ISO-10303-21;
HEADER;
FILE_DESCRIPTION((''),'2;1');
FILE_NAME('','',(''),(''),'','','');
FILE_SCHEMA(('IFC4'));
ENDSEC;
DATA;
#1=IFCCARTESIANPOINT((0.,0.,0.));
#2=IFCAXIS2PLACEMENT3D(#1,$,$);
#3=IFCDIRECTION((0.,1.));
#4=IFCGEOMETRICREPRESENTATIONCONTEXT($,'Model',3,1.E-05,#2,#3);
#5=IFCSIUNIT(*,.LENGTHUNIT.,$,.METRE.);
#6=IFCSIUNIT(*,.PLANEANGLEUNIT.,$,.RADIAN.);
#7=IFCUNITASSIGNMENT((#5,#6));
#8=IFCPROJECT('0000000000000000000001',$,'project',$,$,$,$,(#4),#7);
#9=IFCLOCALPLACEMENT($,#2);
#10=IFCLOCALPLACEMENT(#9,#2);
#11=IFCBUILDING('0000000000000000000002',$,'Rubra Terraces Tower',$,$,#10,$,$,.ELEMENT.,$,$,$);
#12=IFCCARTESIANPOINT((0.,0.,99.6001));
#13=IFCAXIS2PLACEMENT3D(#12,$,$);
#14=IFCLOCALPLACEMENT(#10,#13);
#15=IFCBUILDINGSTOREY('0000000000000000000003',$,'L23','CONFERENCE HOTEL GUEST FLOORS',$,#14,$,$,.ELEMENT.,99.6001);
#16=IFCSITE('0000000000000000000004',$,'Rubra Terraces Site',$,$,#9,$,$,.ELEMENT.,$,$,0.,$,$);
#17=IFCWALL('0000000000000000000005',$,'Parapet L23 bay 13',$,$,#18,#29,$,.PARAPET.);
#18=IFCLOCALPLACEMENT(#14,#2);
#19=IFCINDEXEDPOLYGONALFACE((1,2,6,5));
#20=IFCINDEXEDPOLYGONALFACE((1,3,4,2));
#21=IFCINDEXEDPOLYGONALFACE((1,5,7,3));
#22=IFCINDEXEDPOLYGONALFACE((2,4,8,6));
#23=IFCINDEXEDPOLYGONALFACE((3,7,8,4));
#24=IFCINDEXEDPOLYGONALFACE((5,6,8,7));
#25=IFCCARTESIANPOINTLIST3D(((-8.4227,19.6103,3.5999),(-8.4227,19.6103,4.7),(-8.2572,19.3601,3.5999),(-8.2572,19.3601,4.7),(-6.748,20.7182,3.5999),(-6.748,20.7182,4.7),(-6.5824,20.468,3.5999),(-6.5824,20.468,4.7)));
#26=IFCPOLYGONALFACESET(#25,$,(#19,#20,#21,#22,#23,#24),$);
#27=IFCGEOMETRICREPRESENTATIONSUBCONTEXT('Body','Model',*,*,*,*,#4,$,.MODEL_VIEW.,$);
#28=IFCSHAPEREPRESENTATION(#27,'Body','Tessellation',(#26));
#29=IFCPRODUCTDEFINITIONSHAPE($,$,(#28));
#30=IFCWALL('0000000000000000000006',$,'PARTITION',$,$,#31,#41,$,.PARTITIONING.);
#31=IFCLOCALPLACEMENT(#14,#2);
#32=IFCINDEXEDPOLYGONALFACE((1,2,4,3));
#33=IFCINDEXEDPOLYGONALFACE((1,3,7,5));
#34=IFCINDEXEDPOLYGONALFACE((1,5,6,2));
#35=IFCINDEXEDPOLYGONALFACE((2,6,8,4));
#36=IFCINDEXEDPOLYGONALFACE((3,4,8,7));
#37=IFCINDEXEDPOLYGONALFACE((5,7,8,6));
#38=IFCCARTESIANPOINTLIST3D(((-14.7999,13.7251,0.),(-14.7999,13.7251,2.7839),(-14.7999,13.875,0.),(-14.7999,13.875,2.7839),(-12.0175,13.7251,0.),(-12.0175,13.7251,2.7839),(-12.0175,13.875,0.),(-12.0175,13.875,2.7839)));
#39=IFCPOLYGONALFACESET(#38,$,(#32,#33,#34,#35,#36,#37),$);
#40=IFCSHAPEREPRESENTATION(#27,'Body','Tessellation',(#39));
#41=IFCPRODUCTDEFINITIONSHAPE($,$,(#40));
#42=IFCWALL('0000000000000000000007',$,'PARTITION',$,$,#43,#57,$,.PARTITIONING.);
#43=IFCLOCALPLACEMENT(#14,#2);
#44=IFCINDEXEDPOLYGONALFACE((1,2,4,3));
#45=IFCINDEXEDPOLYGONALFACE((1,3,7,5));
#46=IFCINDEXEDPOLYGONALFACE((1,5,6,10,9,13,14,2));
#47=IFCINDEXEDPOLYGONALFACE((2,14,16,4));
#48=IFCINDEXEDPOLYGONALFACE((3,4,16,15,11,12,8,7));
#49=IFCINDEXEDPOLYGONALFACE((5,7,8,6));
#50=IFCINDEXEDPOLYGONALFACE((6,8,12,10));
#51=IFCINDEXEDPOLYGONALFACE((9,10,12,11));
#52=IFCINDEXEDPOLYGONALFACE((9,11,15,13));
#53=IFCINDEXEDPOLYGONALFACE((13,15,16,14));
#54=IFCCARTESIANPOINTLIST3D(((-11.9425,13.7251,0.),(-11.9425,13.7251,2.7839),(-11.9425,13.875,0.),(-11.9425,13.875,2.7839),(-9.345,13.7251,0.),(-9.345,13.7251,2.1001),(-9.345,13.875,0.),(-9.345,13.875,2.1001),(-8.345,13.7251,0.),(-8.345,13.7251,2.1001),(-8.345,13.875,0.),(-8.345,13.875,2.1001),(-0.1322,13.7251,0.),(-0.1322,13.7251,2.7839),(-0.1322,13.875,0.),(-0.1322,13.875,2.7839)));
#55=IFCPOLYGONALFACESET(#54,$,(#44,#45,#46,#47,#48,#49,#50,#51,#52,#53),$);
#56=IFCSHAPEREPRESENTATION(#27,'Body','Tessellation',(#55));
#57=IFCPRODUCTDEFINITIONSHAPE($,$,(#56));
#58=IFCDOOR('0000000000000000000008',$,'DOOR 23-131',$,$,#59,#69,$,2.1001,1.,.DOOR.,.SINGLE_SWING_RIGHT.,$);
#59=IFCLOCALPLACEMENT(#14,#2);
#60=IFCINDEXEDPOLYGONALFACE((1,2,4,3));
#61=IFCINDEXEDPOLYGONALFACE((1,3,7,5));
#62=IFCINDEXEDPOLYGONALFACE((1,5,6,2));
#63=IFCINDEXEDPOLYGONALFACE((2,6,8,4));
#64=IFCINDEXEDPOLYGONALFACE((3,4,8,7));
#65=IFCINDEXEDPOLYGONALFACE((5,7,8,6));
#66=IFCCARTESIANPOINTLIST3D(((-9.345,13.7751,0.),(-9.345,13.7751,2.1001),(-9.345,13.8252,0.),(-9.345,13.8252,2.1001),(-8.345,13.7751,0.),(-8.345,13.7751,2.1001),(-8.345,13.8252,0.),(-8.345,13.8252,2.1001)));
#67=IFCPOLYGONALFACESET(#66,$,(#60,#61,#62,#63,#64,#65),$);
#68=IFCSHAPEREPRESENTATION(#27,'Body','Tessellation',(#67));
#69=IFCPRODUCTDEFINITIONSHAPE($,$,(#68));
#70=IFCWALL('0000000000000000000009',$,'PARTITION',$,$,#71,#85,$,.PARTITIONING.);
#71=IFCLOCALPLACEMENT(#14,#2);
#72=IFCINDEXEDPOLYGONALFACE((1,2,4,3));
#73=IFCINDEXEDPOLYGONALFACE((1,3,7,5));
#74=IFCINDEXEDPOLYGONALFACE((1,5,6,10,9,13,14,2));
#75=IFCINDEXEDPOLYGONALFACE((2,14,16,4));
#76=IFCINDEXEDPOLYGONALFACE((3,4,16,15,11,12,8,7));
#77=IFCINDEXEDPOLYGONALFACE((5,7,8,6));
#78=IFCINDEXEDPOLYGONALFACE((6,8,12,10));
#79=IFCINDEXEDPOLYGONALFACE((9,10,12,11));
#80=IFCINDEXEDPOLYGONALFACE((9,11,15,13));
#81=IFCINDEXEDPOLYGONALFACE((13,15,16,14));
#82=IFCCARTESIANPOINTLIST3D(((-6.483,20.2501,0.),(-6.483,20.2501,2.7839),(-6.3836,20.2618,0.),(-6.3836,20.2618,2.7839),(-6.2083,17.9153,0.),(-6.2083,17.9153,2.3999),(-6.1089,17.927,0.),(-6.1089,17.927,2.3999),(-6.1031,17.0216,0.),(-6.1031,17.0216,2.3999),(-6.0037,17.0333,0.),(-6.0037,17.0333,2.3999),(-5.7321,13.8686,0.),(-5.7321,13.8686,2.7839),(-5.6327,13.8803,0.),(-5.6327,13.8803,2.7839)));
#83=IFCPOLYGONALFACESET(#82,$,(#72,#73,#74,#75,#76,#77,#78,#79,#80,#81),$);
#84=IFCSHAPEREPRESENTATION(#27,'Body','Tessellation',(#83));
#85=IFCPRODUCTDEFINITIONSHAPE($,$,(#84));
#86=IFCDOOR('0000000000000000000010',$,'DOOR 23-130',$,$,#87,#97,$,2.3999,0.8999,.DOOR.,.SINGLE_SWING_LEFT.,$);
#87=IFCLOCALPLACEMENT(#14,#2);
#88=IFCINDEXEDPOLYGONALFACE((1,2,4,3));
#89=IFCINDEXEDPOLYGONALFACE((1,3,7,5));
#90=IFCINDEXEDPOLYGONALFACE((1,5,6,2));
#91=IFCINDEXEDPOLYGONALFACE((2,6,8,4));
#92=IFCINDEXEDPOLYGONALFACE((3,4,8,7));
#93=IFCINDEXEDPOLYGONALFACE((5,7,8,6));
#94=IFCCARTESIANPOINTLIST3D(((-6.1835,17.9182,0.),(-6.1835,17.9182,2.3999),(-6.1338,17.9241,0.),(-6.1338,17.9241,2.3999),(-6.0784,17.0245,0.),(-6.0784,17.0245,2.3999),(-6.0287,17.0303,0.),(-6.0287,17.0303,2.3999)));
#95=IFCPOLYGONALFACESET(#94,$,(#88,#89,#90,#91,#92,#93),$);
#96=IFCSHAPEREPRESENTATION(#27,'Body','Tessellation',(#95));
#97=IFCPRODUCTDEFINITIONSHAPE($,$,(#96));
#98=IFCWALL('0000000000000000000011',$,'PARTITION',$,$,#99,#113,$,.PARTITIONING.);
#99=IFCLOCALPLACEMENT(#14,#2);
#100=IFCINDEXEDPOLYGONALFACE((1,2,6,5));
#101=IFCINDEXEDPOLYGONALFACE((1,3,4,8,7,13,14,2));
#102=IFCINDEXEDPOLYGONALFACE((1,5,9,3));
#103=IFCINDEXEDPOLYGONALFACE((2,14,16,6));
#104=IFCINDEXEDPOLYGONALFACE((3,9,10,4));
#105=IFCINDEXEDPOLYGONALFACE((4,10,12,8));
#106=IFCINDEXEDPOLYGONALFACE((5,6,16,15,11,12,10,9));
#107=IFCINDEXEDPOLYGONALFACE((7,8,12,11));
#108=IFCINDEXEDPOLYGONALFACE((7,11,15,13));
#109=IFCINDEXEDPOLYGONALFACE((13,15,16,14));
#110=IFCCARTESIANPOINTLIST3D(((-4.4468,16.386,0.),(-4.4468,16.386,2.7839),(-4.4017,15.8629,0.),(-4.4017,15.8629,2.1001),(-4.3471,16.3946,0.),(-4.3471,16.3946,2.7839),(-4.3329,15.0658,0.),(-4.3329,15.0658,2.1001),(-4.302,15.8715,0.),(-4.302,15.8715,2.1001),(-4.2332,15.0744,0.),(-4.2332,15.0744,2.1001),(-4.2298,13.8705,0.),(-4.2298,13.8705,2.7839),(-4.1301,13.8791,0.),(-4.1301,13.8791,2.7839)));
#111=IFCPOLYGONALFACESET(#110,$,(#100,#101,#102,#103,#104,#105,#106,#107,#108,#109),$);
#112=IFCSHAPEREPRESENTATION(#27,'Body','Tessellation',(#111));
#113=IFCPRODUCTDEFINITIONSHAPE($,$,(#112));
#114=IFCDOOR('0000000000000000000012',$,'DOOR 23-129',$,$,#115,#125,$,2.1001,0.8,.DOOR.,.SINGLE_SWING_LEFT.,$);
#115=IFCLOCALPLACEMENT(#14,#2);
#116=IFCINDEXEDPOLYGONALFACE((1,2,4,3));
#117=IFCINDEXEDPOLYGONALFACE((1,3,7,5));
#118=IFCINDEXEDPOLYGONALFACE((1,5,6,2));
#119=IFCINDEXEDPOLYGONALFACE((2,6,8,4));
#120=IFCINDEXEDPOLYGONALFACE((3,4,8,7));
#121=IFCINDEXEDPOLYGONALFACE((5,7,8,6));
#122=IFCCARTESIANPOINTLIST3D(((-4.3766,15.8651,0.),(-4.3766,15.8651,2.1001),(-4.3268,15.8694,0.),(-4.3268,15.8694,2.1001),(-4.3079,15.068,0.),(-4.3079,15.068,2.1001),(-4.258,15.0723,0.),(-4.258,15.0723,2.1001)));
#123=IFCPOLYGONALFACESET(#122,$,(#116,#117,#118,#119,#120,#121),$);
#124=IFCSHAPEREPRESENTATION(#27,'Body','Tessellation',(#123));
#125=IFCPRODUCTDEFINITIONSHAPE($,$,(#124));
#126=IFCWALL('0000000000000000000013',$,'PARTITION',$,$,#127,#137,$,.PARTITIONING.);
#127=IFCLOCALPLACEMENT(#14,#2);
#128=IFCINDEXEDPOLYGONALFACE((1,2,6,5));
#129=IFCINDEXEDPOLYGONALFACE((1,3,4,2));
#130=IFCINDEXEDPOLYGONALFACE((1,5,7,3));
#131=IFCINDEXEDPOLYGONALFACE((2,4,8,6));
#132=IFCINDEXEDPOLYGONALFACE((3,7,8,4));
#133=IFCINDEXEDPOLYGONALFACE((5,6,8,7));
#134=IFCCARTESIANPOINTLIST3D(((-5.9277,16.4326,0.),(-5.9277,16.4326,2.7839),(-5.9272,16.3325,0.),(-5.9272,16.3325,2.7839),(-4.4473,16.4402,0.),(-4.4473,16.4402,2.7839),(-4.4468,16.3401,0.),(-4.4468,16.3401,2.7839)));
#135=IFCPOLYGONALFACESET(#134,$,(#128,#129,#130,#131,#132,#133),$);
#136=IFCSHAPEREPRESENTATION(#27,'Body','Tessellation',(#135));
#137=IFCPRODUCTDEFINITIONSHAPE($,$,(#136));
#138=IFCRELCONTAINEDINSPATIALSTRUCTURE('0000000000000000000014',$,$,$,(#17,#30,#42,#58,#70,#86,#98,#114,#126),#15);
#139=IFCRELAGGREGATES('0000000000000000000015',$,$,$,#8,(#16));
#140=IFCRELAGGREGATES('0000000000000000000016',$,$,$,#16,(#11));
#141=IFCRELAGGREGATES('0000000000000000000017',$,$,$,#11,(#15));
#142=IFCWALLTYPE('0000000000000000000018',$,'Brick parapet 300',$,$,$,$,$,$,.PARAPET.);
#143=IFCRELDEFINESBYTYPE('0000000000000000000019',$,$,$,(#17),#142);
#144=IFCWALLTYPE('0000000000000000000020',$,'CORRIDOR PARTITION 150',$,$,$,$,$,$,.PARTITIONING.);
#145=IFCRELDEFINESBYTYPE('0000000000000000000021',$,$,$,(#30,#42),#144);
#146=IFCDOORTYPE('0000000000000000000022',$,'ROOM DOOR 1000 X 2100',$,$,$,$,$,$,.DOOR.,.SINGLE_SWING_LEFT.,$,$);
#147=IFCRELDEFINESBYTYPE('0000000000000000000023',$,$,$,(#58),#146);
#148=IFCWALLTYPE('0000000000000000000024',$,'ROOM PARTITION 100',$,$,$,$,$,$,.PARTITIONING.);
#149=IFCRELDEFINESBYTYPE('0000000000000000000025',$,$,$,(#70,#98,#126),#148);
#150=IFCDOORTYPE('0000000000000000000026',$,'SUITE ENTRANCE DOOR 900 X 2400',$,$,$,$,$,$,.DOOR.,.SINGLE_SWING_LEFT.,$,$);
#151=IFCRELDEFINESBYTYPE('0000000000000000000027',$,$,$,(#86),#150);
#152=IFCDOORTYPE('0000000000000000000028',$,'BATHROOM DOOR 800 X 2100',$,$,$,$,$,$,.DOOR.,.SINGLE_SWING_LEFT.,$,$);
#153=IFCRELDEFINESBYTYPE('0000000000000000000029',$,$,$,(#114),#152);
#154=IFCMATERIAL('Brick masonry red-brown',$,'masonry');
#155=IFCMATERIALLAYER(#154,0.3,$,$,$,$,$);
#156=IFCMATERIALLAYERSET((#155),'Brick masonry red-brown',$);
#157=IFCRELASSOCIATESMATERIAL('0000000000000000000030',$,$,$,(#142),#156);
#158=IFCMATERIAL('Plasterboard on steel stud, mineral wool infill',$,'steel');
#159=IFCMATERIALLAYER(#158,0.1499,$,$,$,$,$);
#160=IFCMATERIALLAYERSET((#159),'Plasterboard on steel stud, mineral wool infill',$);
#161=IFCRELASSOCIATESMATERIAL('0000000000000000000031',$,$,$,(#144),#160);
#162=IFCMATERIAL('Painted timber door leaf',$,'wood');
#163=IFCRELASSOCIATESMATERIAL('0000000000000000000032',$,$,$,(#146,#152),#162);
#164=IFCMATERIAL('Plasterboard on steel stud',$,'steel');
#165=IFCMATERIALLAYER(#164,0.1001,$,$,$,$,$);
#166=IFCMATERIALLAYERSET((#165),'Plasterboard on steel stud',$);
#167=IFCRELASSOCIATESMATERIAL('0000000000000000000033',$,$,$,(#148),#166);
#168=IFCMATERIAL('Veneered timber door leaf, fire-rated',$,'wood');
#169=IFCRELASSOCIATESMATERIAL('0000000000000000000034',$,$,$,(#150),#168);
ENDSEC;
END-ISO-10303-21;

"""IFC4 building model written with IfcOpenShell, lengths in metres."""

from ifc_helpers import new_model, si_unit, direction, frame, frame_2d, origin, place, context, subcontext, project, spatial, rectangle, extrude, material, layer, layer_set, type_object, element, fill, save


model = new_model("IFC4")

# Units and contexts
model_context = context("Model", 3, precision=1e-05, world=origin(), true_north=direction((0.0, 1.0)))
body_context = subcontext(model_context, "Body", "Model", "MODEL_VIEW")
ifc_project = project(units=[si_unit("LENGTHUNIT", "METRE"), si_unit("PLANEANGLEUNIT", "RADIAN")], contexts=[model_context])

# Site, building, storey
site_placement = place(None, origin())
site = spatial("IfcSite", under=ifc_project, at=site_placement, Name="Rubra Terraces Site", CompositionType="ELEMENT", RefElevation=0.0)
building_placement = place(site_placement, origin())
building = spatial("IfcBuilding", under=site, at=building_placement, Name="Rubra Terraces Tower", CompositionType="ELEMENT")
storey_placement = place(building_placement, frame((0.0, 0.0, 99.6001)))
storey = spatial("IfcBuildingStorey", under=building, at=storey_placement, Name="L23", Description="CONFERENCE HOTEL GUEST FLOORS", CompositionType="ELEMENT", Elevation=99.6001)

# Shared definitions
ifc_material_1 = material(Name="Brick masonry red-brown", Category="masonry")

# Walls
ifc_layer_1 = layer(ifc_material_1, 0.3)
ifc_layer_set_1 = layer_set([ifc_layer_1], Name="Brick masonry red-brown")
wall_type_1 = type_object("IfcWallType", Name="Brick parapet 300", PredefinedType="PARAPET", material=ifc_layer_set_1)
wall_1_placement = place(storey_placement, frame((-6.6653, 20.593, 3.5999), z_axis=(0.0, 0.0, 1.0), x_axis=(-0.834028, -0.551723, 0.0)))
element("IfcWall", 1, at=wall_1_placement, inside=storey, type_object=wall_type_1, Name="Parapet L23 bay 13", PredefinedType="PARAPET", context=body_context, shape_type="SweptSolid", body=[
    extrude(rectangle(XDim=2.0081, YDim=0.3, at=frame_2d((1.0039, 0.0))), origin(), (0.0, 0.0, 1.0), 1.1001),
])
ifc_material_2 = material(Name="Plasterboard on steel stud, mineral wool infill", Category="steel")
ifc_layer_2 = layer(ifc_material_2, 0.1499)
ifc_layer_set_2 = layer_set([ifc_layer_2], Name="Plasterboard on steel stud, mineral wool infill")
wall_type_2 = type_object("IfcWallType", Name="CORRIDOR PARTITION 150", PredefinedType="PARTITIONING", material=ifc_layer_set_2)
wall_2_placement = place(storey_placement, frame((-12.0176, 13.8, 0.0), z_axis=(0.0, 0.0, 1.0), x_axis=(-1.0, 0.0, 0.0)))
element("IfcWall", 2, at=wall_2_placement, inside=storey, type_object=wall_type_2, Name="PARTITION", PredefinedType="PARTITIONING", context=body_context, shape_type="SweptSolid", body=[
    extrude(rectangle(XDim=2.7825, YDim=0.1499, at=frame_2d((1.3911, 0.0))), origin(), (0.0, 0.0, 1.0), 2.7839),
])

# Walls, openings, doors
wall_3_placement = place(storey_placement, frame((-0.1321, 13.8, 0.0), z_axis=(0.0, 0.0, 1.0), x_axis=(-1.0, 0.0, 0.0)))
wall_3 = element("IfcWall", 3, at=wall_3_placement, inside=storey, type_object=wall_type_2, Name="PARTITION", PredefinedType="PARTITIONING", context=body_context, shape_type="SweptSolid", body=[
    extrude(rectangle(XDim=11.8103, YDim=0.1499, at=frame_2d((5.9053, 0.0))), origin(), (0.0, 0.0, 1.0), 2.7839),
])
opening_1_placement = place(wall_3_placement, frame((8.2129, 0.0, 0.0)))
opening_1 = element("IfcOpeningElement", 4, at=opening_1_placement, cuts=wall_3, PredefinedType="OPENING", context=body_context, shape_type="SweptSolid", body=[
    extrude(rectangle(XDim=1.0, YDim=2.1001, at=frame_2d((0.5, 1.05))), frame((0.0, 0.085, 0.0), z_axis=(0.0, -1.0, 0.0), x_axis=(1.0, 0.0, 0.0)), (0.0, 0.0, 1.0), 0.1699),
])
ifc_material_3 = material(Name="Painted timber door leaf", Category="wood")
door_type_1 = type_object("IfcDoorType", Name="ROOM DOOR 1000 X 2100", OperationType="SINGLE_SWING_LEFT", PredefinedType="DOOR", material=ifc_material_3)
door_1_placement = place(opening_1_placement, origin())
door_1 = element("IfcDoor", 5, at=door_1_placement, inside=storey, type_object=door_type_1, Name="DOOR 23-131", OperationType="SINGLE_SWING_RIGHT", OverallHeight=2.1001, OverallWidth=1.0, PredefinedType="DOOR", context=body_context, shape_type="SweptSolid", body=[
    extrude(rectangle(XDim=1.0, YDim=2.1001, at=frame_2d((0.5, 1.05))), frame((0.0, 0.0249, 0.0), z_axis=(0.0, -1.0, 0.0), x_axis=(1.0, 0.0, 0.0)), (0.0, 0.0, 1.0), 0.05),
])
fill(opening_1, door_1)
ifc_material_4 = material(Name="Plasterboard on steel stud", Category="steel")
ifc_layer_3 = layer(ifc_material_4, 0.1001)
ifc_layer_set_3 = layer_set([ifc_layer_3], Name="Plasterboard on steel stud")
wall_type_3 = type_object("IfcWallType", Name="ROOM PARTITION 100", PredefinedType="PARTITIONING", material=ifc_layer_set_3)
wall_4_placement = place(storey_placement, frame((-6.4333, 20.2561, 0.0), z_axis=(0.0, 0.0, 1.0), x_axis=(0.116872, -0.993147, 0.0)))
wall_4 = element("IfcWall", 6, at=wall_4_placement, inside=storey, type_object=wall_type_3, Name="PARTITION", PredefinedType="PARTITIONING", context=body_context, shape_type="SweptSolid", body=[
    extrude(rectangle(XDim=6.4255, YDim=0.1001, at=frame_2d((3.2129, 0.0))), origin(), (0.0, 0.0, 1.0), 2.7839),
])
opening_2_placement = place(wall_4_placement, frame((2.3511, 0.0, 0.0)))
opening_2 = element("IfcOpeningElement", 7, at=opening_2_placement, cuts=wall_4, PredefinedType="OPENING", context=body_context, shape_type="SweptSolid", body=[
    extrude(rectangle(XDim=0.8999, YDim=2.3999, at=frame_2d((0.45, 1.2))), frame((0.0, 0.0601, 0.0), z_axis=(0.0, -1.0, 0.0), x_axis=(1.0, 0.0, 0.0)), (0.0, 0.0, 1.0), 0.1201),
])
ifc_material_5 = material(Name="Veneered timber door leaf, fire-rated", Category="wood")
door_type_2 = type_object("IfcDoorType", Name="SUITE ENTRANCE DOOR 900 X 2400", OperationType="SINGLE_SWING_LEFT", PredefinedType="DOOR", material=ifc_material_5)
door_2_placement = place(opening_2_placement, origin())
door_2 = element("IfcDoor", 8, at=door_2_placement, inside=storey, type_object=door_type_2, Name="DOOR 23-130", OperationType="SINGLE_SWING_LEFT", OverallHeight=2.3999, OverallWidth=0.8999, PredefinedType="DOOR", context=body_context, shape_type="SweptSolid", body=[
    extrude(rectangle(XDim=0.8999, YDim=2.3999, at=frame_2d((0.45, 1.2))), frame((0.0, 0.0249, 0.0), z_axis=(0.0, -1.0, 0.0), x_axis=(1.0, 0.0, 0.0)), (0.0, 0.0, 1.0), 0.05),
])
fill(opening_2, door_2)
wall_5_placement = place(storey_placement, frame((-4.1799, 13.8748, 0.0), z_axis=(0.0, 0.0, 1.0), x_axis=(-0.085958, 0.996299, 0.0)))
wall_5 = element("IfcWall", 9, at=wall_5_placement, inside=storey, type_object=wall_type_3, Name="PARTITION", PredefinedType="PARTITIONING", context=body_context, shape_type="SweptSolid", body=[
    extrude(rectangle(XDim=2.5249, YDim=0.1001, at=frame_2d((1.2625, 0.0))), origin(), (0.0, 0.0, 1.0), 2.7839),
])
opening_3_placement = place(wall_5_placement, frame((1.2, 0.0, 0.0)))
opening_3 = element("IfcOpeningElement", 10, at=opening_3_placement, cuts=wall_5, PredefinedType="OPENING", context=body_context, shape_type="SweptSolid", body=[
    extrude(rectangle(XDim=0.8, YDim=2.1001, at=frame_2d((0.3999, 1.05))), frame((0.0, 0.0601, 0.0), z_axis=(0.0, -1.0, 0.0), x_axis=(1.0, 0.0, 0.0)), (0.0, 0.0, 1.0), 0.1201),
])
door_type_3 = type_object("IfcDoorType", Name="BATHROOM DOOR 800 X 2100", OperationType="SINGLE_SWING_LEFT", PredefinedType="DOOR", material=ifc_material_3)
door_3_placement = place(opening_3_placement, origin())
door_3 = element("IfcDoor", 11, at=door_3_placement, inside=storey, type_object=door_type_3, Name="DOOR 23-129", OperationType="SINGLE_SWING_LEFT", OverallHeight=2.1001, OverallWidth=0.8, PredefinedType="DOOR", context=body_context, shape_type="SweptSolid", body=[
    extrude(rectangle(XDim=0.8, YDim=2.1001, at=frame_2d((0.3999, 1.05))), frame((0.0, 0.0249, 0.0), z_axis=(0.0, -1.0, 0.0), x_axis=(1.0, 0.0, 0.0)), (0.0, 0.0, 1.0), 0.05),
])
fill(opening_3, door_3)

# Wall
wall_6_placement = place(storey_placement, frame((-4.447, 16.3901, 0.0), z_axis=(0.0, 0.0, 1.0), x_axis=(-0.999987, -0.005112, 0.0)))
element("IfcWall", 12, at=wall_6_placement, inside=storey, type_object=wall_type_3, Name="PARTITION", PredefinedType="PARTITIONING", context=body_context, shape_type="SweptSolid", body=[
    extrude(rectangle(XDim=1.4805, YDim=0.1001, at=frame_2d((0.7402, 0.0))), origin(), (0.0, 0.0, 1.0), 2.7839),
])

save(model, "model.ifc")
